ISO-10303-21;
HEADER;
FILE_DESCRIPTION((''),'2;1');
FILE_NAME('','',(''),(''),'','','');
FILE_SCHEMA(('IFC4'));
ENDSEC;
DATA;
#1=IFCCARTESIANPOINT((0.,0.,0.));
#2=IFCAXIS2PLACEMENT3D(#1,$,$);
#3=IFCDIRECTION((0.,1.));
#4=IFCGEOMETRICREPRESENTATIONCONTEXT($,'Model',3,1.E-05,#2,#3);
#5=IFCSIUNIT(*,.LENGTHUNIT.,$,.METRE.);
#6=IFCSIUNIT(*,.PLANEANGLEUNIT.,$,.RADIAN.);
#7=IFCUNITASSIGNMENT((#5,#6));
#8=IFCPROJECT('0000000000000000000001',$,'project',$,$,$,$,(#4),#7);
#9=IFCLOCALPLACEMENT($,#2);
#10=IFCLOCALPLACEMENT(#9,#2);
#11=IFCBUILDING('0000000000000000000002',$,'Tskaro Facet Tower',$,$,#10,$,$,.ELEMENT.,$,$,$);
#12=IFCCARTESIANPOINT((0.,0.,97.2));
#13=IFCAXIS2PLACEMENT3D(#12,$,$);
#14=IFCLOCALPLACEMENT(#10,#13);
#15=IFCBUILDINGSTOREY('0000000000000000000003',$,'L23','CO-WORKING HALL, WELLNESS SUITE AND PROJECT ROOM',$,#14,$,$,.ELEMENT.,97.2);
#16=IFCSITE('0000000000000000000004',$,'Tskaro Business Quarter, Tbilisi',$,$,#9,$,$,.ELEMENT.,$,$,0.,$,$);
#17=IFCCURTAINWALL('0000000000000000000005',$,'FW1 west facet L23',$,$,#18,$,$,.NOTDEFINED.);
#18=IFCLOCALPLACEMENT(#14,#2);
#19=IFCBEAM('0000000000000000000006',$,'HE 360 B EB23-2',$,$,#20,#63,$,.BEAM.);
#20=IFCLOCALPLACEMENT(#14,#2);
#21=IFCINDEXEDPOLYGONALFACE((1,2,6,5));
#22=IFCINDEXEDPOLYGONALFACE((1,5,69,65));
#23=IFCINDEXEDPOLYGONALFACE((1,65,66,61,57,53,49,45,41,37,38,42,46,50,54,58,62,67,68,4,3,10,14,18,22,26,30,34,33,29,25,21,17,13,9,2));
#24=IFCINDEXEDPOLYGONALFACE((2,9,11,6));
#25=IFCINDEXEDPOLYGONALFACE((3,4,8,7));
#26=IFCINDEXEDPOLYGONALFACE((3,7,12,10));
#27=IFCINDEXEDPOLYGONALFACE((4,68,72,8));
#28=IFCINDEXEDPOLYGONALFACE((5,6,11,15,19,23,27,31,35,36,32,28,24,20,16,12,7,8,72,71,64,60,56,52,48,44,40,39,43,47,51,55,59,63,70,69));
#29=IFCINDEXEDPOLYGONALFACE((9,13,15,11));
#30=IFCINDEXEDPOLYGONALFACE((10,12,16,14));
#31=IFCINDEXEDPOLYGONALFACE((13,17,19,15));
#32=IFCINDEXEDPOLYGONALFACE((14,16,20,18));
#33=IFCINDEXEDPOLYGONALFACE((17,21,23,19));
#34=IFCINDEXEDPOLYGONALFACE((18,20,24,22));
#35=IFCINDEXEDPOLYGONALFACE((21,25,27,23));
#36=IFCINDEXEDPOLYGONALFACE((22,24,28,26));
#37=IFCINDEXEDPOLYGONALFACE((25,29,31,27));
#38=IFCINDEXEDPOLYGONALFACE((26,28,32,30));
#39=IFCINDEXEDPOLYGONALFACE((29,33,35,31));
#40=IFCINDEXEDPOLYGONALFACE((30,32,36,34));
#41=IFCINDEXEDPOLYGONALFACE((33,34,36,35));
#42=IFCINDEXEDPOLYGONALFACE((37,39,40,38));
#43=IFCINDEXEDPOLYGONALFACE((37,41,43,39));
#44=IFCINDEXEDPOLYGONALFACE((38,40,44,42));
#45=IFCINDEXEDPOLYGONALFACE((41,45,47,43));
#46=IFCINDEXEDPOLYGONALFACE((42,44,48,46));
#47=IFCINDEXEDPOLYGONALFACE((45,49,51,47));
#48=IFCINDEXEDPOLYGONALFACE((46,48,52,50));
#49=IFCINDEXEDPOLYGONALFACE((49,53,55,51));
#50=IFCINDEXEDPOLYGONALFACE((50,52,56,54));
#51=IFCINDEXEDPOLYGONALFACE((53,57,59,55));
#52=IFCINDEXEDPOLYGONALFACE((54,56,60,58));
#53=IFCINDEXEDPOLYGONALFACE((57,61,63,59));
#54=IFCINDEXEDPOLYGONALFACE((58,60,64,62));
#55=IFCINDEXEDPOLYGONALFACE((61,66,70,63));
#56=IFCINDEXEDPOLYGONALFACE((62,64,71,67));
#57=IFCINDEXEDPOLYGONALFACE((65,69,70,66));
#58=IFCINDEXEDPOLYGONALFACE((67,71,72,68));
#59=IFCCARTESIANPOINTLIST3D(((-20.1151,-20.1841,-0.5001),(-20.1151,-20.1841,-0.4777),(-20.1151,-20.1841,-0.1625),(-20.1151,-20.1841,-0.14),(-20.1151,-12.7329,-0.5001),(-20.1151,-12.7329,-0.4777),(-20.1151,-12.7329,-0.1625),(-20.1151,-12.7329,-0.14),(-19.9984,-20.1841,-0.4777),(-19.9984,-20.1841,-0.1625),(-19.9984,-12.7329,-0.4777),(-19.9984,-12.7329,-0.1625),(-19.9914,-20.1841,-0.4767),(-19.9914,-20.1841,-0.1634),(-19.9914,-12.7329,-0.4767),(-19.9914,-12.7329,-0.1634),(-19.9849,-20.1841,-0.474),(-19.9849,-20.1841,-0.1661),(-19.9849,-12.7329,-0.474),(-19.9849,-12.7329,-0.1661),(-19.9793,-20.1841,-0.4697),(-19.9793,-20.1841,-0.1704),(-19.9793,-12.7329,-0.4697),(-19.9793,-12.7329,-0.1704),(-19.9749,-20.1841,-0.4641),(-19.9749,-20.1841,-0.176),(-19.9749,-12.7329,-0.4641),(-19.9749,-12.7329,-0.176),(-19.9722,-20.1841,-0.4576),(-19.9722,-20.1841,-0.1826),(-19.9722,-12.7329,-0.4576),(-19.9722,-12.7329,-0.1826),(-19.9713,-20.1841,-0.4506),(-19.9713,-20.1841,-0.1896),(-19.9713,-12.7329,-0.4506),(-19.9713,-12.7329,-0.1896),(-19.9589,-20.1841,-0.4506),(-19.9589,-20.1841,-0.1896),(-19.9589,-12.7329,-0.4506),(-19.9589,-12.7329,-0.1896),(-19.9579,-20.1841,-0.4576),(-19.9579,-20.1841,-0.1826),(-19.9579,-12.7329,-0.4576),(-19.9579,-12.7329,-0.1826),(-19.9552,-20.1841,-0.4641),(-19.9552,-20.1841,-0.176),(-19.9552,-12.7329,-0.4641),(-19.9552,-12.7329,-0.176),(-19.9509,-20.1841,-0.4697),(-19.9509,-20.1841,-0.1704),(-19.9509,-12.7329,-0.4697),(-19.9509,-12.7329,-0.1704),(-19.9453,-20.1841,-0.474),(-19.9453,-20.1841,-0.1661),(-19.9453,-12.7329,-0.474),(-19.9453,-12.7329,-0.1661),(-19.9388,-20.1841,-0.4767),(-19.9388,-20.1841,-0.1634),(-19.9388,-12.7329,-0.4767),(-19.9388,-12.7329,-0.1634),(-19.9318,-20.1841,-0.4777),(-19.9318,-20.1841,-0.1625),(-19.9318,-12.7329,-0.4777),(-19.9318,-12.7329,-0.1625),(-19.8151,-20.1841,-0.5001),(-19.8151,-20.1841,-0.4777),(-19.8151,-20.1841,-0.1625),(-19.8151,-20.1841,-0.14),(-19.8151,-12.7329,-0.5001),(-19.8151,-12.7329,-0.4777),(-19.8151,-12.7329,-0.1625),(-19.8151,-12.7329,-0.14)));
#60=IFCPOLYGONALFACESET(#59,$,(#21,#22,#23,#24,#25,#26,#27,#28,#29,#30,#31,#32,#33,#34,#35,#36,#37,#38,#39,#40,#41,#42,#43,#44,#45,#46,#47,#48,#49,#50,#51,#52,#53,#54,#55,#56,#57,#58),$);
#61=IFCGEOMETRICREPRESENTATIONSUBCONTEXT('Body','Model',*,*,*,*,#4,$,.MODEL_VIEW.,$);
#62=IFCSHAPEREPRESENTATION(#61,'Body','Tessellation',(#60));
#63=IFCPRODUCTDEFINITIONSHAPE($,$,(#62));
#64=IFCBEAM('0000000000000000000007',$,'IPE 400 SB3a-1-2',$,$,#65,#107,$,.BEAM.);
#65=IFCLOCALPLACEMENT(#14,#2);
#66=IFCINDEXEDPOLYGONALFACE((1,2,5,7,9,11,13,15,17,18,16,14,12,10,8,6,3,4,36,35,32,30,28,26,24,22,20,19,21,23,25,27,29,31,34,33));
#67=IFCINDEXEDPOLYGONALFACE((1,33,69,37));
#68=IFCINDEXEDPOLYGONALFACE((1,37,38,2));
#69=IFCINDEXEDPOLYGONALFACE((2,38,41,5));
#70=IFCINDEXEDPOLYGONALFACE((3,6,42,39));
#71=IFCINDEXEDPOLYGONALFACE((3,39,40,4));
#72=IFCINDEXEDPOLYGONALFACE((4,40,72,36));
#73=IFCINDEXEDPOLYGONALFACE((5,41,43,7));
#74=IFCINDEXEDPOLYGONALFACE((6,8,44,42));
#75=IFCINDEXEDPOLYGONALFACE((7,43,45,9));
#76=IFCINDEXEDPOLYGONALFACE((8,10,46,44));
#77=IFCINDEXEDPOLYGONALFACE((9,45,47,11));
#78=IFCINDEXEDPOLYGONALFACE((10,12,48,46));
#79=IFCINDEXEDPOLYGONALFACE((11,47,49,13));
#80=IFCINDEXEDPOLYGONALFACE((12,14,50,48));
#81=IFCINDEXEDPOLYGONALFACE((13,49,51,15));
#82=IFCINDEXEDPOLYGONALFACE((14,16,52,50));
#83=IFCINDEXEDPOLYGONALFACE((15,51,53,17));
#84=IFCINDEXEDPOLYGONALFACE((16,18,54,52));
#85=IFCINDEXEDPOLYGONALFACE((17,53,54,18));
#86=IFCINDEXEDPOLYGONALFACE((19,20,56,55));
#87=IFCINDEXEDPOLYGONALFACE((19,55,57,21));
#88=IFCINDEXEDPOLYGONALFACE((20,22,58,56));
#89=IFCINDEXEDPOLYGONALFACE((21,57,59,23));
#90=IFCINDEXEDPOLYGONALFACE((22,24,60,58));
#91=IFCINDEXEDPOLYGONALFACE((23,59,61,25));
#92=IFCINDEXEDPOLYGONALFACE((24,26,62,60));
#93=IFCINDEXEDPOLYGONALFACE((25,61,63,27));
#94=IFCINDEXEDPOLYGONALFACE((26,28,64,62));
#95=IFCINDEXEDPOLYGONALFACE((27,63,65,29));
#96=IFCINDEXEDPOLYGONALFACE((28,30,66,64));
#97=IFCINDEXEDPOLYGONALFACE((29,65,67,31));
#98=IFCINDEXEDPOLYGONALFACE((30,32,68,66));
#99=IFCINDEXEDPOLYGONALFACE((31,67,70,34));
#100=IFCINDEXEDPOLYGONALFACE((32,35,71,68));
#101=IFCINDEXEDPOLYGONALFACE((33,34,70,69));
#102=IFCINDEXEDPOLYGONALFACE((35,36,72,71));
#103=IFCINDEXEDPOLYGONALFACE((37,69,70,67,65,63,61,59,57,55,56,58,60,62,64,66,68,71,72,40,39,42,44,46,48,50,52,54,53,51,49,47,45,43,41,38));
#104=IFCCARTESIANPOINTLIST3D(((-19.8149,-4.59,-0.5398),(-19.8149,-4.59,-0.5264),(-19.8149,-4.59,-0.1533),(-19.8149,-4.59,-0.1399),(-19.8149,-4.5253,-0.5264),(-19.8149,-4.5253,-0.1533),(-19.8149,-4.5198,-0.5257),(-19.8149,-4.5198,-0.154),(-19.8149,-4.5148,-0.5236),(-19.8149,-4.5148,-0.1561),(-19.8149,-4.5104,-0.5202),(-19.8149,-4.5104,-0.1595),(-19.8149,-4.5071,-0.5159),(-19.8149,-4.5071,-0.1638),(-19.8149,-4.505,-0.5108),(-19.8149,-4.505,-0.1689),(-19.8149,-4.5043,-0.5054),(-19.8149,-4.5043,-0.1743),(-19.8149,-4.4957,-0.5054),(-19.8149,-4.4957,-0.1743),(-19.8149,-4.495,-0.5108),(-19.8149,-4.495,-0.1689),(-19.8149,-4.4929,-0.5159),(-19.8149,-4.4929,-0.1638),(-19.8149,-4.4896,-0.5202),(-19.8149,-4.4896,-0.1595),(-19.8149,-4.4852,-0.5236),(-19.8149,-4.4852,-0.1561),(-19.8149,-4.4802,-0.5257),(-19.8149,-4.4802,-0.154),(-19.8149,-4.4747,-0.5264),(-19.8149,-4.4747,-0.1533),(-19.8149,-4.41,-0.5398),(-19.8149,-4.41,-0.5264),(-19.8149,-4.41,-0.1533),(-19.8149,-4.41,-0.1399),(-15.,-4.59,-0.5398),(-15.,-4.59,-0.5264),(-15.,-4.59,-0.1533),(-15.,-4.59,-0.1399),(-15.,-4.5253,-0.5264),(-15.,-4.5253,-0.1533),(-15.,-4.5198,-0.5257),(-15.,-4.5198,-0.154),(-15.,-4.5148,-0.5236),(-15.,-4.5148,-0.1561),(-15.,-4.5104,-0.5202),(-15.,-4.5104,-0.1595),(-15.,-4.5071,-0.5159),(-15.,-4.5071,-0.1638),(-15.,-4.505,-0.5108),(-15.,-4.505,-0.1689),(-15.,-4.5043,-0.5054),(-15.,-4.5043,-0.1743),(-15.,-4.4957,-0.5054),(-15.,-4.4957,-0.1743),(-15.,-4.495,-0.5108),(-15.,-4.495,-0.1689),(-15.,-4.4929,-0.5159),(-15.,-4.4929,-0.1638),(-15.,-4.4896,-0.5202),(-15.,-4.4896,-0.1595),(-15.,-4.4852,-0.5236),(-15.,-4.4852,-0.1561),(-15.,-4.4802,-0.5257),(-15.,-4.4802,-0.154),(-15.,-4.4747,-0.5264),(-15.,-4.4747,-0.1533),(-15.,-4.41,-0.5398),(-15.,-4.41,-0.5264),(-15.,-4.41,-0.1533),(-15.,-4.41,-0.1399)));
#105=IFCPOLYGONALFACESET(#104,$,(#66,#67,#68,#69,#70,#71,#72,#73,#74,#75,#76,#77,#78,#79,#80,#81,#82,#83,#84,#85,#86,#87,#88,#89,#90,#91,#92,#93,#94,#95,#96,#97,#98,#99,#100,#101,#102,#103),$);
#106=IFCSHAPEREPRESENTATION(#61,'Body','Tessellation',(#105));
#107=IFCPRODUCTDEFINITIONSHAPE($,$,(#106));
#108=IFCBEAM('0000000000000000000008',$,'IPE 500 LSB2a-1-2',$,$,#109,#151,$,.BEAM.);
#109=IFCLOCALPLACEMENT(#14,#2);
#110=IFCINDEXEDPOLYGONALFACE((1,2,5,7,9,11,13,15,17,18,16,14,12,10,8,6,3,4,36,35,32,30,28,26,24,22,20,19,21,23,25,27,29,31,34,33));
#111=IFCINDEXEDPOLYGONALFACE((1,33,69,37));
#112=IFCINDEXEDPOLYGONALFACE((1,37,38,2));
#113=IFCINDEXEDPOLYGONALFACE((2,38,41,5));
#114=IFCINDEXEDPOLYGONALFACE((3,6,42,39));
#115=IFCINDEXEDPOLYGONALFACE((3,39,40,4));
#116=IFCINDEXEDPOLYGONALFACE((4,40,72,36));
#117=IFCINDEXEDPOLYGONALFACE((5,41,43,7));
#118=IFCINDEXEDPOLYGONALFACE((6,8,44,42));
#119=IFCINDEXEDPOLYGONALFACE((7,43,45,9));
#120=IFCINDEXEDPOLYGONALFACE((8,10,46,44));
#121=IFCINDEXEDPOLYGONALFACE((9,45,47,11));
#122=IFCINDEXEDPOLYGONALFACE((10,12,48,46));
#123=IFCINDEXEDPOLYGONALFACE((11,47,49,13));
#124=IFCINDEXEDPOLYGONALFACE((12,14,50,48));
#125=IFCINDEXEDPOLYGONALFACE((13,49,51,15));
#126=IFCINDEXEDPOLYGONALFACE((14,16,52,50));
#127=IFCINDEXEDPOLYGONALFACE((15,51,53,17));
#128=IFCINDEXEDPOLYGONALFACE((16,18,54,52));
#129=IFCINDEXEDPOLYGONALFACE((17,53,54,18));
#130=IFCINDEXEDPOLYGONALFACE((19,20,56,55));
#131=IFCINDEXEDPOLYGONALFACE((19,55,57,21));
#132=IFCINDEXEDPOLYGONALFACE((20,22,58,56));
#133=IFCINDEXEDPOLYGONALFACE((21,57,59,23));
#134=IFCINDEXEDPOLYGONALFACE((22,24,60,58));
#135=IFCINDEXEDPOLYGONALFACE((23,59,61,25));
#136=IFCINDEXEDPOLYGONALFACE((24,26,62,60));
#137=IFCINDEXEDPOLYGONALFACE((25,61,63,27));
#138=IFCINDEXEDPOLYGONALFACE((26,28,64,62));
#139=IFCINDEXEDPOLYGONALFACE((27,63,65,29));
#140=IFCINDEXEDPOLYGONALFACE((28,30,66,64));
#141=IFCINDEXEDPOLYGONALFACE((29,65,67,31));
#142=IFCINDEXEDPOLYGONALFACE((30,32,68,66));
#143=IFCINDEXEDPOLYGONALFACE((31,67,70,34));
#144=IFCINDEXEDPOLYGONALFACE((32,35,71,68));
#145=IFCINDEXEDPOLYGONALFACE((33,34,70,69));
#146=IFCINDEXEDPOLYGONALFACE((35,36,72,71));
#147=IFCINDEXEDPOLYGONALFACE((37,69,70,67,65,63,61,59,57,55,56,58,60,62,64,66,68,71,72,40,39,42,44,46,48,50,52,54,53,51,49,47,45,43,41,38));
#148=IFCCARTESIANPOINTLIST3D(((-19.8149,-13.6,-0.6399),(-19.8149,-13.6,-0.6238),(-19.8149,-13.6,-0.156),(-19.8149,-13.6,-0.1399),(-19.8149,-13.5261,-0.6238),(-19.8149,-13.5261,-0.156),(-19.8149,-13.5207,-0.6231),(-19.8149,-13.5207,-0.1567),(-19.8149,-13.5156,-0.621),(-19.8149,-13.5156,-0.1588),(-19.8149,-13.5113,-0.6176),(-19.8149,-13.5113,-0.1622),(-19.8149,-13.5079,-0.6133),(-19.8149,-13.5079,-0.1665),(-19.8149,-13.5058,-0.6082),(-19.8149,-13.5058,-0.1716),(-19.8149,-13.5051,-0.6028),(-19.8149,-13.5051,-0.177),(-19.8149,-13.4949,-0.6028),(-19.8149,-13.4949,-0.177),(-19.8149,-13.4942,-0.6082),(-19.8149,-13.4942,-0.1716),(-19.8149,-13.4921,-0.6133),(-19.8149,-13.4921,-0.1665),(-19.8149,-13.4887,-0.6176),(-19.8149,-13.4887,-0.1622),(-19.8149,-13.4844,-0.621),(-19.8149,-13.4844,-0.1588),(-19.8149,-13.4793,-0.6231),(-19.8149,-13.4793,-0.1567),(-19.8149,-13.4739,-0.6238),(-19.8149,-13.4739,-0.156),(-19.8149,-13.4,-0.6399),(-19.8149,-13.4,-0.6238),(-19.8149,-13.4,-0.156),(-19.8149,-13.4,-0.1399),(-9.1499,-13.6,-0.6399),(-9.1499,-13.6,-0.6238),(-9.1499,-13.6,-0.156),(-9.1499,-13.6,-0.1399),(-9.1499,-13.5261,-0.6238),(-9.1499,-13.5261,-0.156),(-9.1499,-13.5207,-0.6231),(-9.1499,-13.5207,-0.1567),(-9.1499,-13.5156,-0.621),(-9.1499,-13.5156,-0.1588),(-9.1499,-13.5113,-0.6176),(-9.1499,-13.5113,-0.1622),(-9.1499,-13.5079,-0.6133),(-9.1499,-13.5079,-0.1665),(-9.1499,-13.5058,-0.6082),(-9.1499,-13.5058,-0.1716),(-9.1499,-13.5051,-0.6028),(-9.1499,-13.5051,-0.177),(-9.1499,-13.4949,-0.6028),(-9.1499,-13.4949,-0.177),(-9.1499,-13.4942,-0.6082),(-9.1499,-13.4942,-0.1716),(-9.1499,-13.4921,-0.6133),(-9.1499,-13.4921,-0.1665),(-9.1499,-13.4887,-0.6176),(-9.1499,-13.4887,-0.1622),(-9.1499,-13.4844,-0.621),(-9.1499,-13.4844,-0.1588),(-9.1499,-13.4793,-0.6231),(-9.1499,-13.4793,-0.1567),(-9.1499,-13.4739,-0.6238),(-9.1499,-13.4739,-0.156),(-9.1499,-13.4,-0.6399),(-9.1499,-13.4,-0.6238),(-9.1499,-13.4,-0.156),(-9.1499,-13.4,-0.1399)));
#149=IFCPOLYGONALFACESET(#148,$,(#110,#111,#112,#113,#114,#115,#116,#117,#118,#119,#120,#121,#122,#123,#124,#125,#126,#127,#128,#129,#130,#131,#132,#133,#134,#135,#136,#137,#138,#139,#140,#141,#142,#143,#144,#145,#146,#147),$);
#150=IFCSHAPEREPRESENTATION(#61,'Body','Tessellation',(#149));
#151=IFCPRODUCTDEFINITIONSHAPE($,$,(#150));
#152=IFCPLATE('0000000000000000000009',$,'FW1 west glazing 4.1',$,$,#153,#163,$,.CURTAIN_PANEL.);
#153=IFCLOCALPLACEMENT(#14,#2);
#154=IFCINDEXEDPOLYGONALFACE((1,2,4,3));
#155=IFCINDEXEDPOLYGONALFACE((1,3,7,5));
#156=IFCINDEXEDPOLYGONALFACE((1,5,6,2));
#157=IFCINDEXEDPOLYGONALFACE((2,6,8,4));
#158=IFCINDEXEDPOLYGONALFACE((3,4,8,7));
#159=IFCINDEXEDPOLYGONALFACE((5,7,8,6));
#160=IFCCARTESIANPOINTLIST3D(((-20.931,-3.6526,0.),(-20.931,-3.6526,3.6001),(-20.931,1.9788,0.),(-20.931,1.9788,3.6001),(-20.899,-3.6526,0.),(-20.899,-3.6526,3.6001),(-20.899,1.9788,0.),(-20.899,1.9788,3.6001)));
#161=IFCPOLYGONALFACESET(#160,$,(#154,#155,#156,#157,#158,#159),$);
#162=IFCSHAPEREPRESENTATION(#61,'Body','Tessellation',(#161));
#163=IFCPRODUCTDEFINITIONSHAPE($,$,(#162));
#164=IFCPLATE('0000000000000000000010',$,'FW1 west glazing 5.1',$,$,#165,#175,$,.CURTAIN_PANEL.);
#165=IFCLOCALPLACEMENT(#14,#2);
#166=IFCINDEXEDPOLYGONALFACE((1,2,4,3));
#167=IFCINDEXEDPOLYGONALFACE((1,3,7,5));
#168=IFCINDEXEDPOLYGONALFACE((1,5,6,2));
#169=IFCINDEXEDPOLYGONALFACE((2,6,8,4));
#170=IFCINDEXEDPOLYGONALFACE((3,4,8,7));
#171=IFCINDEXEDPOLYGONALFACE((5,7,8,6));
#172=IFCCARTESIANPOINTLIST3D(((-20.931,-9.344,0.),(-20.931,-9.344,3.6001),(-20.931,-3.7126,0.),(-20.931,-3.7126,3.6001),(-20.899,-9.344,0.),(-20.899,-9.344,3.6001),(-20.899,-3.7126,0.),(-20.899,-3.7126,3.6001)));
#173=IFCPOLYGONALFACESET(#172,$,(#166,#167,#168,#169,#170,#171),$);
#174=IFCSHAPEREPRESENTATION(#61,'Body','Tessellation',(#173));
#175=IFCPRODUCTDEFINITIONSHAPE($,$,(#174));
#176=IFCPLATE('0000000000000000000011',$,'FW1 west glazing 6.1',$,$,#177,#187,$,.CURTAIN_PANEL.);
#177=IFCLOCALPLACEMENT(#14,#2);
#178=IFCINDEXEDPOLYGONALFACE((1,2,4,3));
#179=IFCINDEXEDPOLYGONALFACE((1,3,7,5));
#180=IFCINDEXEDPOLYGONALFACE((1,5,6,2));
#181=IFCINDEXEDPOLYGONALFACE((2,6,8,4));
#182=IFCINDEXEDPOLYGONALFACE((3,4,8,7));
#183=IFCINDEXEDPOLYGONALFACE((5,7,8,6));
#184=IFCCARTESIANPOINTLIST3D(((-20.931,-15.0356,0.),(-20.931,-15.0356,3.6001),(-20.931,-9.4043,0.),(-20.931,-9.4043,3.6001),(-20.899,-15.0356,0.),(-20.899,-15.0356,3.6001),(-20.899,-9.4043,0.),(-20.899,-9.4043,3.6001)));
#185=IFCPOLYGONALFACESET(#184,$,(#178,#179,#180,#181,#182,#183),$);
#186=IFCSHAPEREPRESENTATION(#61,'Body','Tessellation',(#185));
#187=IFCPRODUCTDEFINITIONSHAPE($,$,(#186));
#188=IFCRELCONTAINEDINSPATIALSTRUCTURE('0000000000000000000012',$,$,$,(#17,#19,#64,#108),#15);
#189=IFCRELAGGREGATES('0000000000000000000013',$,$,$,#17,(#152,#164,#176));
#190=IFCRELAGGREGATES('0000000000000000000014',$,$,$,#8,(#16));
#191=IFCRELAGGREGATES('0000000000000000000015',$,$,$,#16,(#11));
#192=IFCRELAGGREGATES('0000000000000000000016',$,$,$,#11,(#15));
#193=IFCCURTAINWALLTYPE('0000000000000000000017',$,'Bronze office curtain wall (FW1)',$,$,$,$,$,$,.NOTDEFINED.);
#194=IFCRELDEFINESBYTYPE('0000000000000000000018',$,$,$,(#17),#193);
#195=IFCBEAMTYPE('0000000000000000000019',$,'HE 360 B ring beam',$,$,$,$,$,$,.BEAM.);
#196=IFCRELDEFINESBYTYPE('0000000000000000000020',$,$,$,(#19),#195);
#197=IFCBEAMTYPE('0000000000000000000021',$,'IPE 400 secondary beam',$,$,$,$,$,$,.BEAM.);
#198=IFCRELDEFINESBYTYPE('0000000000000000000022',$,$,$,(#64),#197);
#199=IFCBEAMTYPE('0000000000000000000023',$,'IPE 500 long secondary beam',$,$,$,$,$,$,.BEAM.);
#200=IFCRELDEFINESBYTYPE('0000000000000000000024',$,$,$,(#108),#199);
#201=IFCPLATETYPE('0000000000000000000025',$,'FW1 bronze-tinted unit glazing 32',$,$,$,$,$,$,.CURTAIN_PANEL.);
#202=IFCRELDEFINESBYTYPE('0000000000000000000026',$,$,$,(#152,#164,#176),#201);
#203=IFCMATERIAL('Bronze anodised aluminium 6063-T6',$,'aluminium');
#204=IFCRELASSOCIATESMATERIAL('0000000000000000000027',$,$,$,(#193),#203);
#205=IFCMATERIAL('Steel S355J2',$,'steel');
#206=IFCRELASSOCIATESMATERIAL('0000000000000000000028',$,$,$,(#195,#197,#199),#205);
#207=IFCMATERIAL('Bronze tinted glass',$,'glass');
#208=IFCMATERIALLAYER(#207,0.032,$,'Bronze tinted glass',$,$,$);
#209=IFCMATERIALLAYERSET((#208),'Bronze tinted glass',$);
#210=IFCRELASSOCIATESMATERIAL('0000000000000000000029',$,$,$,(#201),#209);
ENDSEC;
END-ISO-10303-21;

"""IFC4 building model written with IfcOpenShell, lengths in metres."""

from ifc_helpers import new_model, si_unit, direction, frame, origin, origin_2d, place, context, subcontext, project, spatial, rectangle, i_section, extrude, material, layer, layer_set, material_profile, profile_set, type_object, element, aggregate, save


model = new_model("IFC4")

# Units and contexts
model_context = context("Model", 3, precision=1e-05, world=origin(), true_north=direction((0.0, 1.0)))
body_context = subcontext(model_context, "Body", "Model", "MODEL_VIEW")
ifc_project = project(units=[si_unit("LENGTHUNIT", "METRE"), si_unit("PLANEANGLEUNIT", "RADIAN")], contexts=[model_context])

# Site, building, storey
site_placement = place(None, origin())
site = spatial("IfcSite", under=ifc_project, at=site_placement, Name="Tskaro Business Quarter, Tbilisi", CompositionType="ELEMENT", RefElevation=0.0)
building_placement = place(site_placement, origin())
building = spatial("IfcBuilding", under=site, at=building_placement, Name="Tskaro Facet Tower", CompositionType="ELEMENT")
storey_placement = place(building_placement, frame((0.0, 0.0, 97.2)))
storey = spatial("IfcBuildingStorey", under=building, at=storey_placement, Name="L23", Description="CO-WORKING HALL, WELLNESS SUITE AND PROJECT ROOM", CompositionType="ELEMENT", Elevation=97.2)

# Curtain wall
ifc_material_1 = material(Name="Bronze anodised aluminium 6063-T6", Category="aluminium")
curtain_wall_type = type_object("IfcCurtainWallType", Name="Bronze office curtain wall (FW1)", PredefinedType="NOTDEFINED", material=ifc_material_1)
curtain_wall_placement = place(storey_placement, origin())
curtain_wall = element("IfcCurtainWall", 1, at=curtain_wall_placement, inside=storey, type_object=curtain_wall_type, Name="FW1 west facet L23", PredefinedType="NOTDEFINED")

# Beams
ifc_material_2 = material(Name="Steel S355J2", Category="steel")
ifc_material_profile_1 = material_profile(ifc_material_2, i_section(OverallWidth=0.3, OverallDepth=0.3601, WebThickness=0.0125, FlangeThickness=0.0225, FilletRadius=0.0271, at=origin_2d()), Name="HE 360 B")
ifc_profile_set_1 = profile_set([ifc_material_profile_1], Name="Steel S355J2")
beam_type_1 = type_object("IfcBeamType", Name="HE 360 B ring beam", PredefinedType="BEAM", material=ifc_profile_set_1)
beam_1_placement = place(storey_placement, frame((-19.9651, -12.7329, -0.3201), z_axis=(0.0, -1.0, 0.0), x_axis=(1.0, 0.0, 0.0)))
element("IfcBeam", 2, at=beam_1_placement, inside=storey, type_object=beam_type_1, Name="HE 360 B EB23-2", PredefinedType="BEAM", context=body_context, shape_type="SweptSolid", body=[
    extrude(i_section(OverallWidth=0.3, OverallDepth=0.3601, WebThickness=0.0125, FlangeThickness=0.0225, FilletRadius=0.0271, at=origin_2d()), origin(), (0.0, 0.0, 1.0), 7.4512),
])
ifc_material_profile_2 = material_profile(ifc_material_2, i_section(OverallWidth=0.1799, OverallDepth=0.3999, WebThickness=0.0085, FlangeThickness=0.0134, FilletRadius=0.021, at=origin_2d()), Name="IPE 400")
ifc_profile_set_2 = profile_set([ifc_material_profile_2], Name="Steel S355J2")
beam_type_2 = type_object("IfcBeamType", Name="IPE 400 secondary beam", PredefinedType="BEAM", material=ifc_profile_set_2)
beam_2_placement = place(storey_placement, frame((-19.8149, -4.5, -0.3398), z_axis=(1.0, 0.0, 0.0), x_axis=(0.0, 1.0, 0.0)))
element("IfcBeam", 3, at=beam_2_placement, inside=storey, type_object=beam_type_2, Name="IPE 400 SB3a-1-2", PredefinedType="BEAM", context=body_context, shape_type="SweptSolid", body=[
    extrude(i_section(OverallWidth=0.1799, OverallDepth=0.3999, WebThickness=0.0085, FlangeThickness=0.0134, FilletRadius=0.021, at=origin_2d()), origin(), (0.0, 0.0, 1.0), 4.8149),
])
ifc_material_profile_3 = material_profile(ifc_material_2, i_section(OverallWidth=0.2, OverallDepth=0.5, WebThickness=0.0103, FlangeThickness=0.0161, FilletRadius=0.021, at=origin_2d()), Name="IPE 500")
ifc_profile_set_3 = profile_set([ifc_material_profile_3], Name="Steel S355J2")
beam_type_3 = type_object("IfcBeamType", Name="IPE 500 long secondary beam", PredefinedType="BEAM", material=ifc_profile_set_3)
beam_3_placement = place(storey_placement, frame((-19.8149, -13.5, -0.3899), z_axis=(1.0, 0.0, 0.0), x_axis=(0.0, 1.0, 0.0)))
element("IfcBeam", 4, at=beam_3_placement, inside=storey, type_object=beam_type_3, Name="IPE 500 LSB2a-1-2", PredefinedType="BEAM", context=body_context, shape_type="SweptSolid", body=[
    extrude(i_section(OverallWidth=0.2, OverallDepth=0.5, WebThickness=0.0103, FlangeThickness=0.0161, FilletRadius=0.021, at=origin_2d()), origin(), (0.0, 0.0, 1.0), 10.665),
])

# Plates
ifc_material_3 = material(Name="Bronze tinted glass", Category="glass")
ifc_layer_1 = layer(ifc_material_3, 0.032, Name="Bronze tinted glass")
ifc_layer_set_1 = layer_set([ifc_layer_1], Name="Bronze tinted glass")
plate_type = type_object("IfcPlateType", Name="FW1 bronze-tinted unit glazing 32", PredefinedType="CURTAIN_PANEL", material=ifc_layer_set_1)
plate_1_placement = place(storey_placement, frame((-20.915, -0.8369, 0.0), z_axis=(0.0, 0.0, 1.0), x_axis=(0.0, -1.0, 0.0)))
plate_1 = element("IfcPlate", 5, at=plate_1_placement, type_object=plate_type, Name="FW1 west glazing 4.1", PredefinedType="CURTAIN_PANEL", context=body_context, shape_type="SweptSolid", body=[
    extrude(rectangle(XDim=5.6313, YDim=0.032, at=origin_2d()), origin(), (0.0, 0.0, 1.0), 3.6001),
])
plate_2_placement = place(storey_placement, frame((-20.915, -6.5283, 0.0), z_axis=(0.0, 0.0, 1.0), x_axis=(0.0, -1.0, 0.0)))
plate_2 = element("IfcPlate", 6, at=plate_2_placement, type_object=plate_type, Name="FW1 west glazing 5.1", PredefinedType="CURTAIN_PANEL", context=body_context, shape_type="SweptSolid", body=[
    extrude(rectangle(XDim=5.6313, YDim=0.032, at=origin_2d()), origin(), (0.0, 0.0, 1.0), 3.6001),
])
plate_3_placement = place(storey_placement, frame((-20.915, -12.22, 0.0), z_axis=(0.0, 0.0, 1.0), x_axis=(0.0, -1.0, 0.0)))
plate_3 = element("IfcPlate", 7, at=plate_3_placement, type_object=plate_type, Name="FW1 west glazing 6.1", PredefinedType="CURTAIN_PANEL", context=body_context, shape_type="SweptSolid", body=[
    extrude(rectangle(XDim=5.6313, YDim=0.032, at=origin_2d()), origin(), (0.0, 0.0, 1.0), 3.6001),
])
aggregate(curtain_wall, [plate_1, plate_2, plate_3])

save(model, "model.ifc")
